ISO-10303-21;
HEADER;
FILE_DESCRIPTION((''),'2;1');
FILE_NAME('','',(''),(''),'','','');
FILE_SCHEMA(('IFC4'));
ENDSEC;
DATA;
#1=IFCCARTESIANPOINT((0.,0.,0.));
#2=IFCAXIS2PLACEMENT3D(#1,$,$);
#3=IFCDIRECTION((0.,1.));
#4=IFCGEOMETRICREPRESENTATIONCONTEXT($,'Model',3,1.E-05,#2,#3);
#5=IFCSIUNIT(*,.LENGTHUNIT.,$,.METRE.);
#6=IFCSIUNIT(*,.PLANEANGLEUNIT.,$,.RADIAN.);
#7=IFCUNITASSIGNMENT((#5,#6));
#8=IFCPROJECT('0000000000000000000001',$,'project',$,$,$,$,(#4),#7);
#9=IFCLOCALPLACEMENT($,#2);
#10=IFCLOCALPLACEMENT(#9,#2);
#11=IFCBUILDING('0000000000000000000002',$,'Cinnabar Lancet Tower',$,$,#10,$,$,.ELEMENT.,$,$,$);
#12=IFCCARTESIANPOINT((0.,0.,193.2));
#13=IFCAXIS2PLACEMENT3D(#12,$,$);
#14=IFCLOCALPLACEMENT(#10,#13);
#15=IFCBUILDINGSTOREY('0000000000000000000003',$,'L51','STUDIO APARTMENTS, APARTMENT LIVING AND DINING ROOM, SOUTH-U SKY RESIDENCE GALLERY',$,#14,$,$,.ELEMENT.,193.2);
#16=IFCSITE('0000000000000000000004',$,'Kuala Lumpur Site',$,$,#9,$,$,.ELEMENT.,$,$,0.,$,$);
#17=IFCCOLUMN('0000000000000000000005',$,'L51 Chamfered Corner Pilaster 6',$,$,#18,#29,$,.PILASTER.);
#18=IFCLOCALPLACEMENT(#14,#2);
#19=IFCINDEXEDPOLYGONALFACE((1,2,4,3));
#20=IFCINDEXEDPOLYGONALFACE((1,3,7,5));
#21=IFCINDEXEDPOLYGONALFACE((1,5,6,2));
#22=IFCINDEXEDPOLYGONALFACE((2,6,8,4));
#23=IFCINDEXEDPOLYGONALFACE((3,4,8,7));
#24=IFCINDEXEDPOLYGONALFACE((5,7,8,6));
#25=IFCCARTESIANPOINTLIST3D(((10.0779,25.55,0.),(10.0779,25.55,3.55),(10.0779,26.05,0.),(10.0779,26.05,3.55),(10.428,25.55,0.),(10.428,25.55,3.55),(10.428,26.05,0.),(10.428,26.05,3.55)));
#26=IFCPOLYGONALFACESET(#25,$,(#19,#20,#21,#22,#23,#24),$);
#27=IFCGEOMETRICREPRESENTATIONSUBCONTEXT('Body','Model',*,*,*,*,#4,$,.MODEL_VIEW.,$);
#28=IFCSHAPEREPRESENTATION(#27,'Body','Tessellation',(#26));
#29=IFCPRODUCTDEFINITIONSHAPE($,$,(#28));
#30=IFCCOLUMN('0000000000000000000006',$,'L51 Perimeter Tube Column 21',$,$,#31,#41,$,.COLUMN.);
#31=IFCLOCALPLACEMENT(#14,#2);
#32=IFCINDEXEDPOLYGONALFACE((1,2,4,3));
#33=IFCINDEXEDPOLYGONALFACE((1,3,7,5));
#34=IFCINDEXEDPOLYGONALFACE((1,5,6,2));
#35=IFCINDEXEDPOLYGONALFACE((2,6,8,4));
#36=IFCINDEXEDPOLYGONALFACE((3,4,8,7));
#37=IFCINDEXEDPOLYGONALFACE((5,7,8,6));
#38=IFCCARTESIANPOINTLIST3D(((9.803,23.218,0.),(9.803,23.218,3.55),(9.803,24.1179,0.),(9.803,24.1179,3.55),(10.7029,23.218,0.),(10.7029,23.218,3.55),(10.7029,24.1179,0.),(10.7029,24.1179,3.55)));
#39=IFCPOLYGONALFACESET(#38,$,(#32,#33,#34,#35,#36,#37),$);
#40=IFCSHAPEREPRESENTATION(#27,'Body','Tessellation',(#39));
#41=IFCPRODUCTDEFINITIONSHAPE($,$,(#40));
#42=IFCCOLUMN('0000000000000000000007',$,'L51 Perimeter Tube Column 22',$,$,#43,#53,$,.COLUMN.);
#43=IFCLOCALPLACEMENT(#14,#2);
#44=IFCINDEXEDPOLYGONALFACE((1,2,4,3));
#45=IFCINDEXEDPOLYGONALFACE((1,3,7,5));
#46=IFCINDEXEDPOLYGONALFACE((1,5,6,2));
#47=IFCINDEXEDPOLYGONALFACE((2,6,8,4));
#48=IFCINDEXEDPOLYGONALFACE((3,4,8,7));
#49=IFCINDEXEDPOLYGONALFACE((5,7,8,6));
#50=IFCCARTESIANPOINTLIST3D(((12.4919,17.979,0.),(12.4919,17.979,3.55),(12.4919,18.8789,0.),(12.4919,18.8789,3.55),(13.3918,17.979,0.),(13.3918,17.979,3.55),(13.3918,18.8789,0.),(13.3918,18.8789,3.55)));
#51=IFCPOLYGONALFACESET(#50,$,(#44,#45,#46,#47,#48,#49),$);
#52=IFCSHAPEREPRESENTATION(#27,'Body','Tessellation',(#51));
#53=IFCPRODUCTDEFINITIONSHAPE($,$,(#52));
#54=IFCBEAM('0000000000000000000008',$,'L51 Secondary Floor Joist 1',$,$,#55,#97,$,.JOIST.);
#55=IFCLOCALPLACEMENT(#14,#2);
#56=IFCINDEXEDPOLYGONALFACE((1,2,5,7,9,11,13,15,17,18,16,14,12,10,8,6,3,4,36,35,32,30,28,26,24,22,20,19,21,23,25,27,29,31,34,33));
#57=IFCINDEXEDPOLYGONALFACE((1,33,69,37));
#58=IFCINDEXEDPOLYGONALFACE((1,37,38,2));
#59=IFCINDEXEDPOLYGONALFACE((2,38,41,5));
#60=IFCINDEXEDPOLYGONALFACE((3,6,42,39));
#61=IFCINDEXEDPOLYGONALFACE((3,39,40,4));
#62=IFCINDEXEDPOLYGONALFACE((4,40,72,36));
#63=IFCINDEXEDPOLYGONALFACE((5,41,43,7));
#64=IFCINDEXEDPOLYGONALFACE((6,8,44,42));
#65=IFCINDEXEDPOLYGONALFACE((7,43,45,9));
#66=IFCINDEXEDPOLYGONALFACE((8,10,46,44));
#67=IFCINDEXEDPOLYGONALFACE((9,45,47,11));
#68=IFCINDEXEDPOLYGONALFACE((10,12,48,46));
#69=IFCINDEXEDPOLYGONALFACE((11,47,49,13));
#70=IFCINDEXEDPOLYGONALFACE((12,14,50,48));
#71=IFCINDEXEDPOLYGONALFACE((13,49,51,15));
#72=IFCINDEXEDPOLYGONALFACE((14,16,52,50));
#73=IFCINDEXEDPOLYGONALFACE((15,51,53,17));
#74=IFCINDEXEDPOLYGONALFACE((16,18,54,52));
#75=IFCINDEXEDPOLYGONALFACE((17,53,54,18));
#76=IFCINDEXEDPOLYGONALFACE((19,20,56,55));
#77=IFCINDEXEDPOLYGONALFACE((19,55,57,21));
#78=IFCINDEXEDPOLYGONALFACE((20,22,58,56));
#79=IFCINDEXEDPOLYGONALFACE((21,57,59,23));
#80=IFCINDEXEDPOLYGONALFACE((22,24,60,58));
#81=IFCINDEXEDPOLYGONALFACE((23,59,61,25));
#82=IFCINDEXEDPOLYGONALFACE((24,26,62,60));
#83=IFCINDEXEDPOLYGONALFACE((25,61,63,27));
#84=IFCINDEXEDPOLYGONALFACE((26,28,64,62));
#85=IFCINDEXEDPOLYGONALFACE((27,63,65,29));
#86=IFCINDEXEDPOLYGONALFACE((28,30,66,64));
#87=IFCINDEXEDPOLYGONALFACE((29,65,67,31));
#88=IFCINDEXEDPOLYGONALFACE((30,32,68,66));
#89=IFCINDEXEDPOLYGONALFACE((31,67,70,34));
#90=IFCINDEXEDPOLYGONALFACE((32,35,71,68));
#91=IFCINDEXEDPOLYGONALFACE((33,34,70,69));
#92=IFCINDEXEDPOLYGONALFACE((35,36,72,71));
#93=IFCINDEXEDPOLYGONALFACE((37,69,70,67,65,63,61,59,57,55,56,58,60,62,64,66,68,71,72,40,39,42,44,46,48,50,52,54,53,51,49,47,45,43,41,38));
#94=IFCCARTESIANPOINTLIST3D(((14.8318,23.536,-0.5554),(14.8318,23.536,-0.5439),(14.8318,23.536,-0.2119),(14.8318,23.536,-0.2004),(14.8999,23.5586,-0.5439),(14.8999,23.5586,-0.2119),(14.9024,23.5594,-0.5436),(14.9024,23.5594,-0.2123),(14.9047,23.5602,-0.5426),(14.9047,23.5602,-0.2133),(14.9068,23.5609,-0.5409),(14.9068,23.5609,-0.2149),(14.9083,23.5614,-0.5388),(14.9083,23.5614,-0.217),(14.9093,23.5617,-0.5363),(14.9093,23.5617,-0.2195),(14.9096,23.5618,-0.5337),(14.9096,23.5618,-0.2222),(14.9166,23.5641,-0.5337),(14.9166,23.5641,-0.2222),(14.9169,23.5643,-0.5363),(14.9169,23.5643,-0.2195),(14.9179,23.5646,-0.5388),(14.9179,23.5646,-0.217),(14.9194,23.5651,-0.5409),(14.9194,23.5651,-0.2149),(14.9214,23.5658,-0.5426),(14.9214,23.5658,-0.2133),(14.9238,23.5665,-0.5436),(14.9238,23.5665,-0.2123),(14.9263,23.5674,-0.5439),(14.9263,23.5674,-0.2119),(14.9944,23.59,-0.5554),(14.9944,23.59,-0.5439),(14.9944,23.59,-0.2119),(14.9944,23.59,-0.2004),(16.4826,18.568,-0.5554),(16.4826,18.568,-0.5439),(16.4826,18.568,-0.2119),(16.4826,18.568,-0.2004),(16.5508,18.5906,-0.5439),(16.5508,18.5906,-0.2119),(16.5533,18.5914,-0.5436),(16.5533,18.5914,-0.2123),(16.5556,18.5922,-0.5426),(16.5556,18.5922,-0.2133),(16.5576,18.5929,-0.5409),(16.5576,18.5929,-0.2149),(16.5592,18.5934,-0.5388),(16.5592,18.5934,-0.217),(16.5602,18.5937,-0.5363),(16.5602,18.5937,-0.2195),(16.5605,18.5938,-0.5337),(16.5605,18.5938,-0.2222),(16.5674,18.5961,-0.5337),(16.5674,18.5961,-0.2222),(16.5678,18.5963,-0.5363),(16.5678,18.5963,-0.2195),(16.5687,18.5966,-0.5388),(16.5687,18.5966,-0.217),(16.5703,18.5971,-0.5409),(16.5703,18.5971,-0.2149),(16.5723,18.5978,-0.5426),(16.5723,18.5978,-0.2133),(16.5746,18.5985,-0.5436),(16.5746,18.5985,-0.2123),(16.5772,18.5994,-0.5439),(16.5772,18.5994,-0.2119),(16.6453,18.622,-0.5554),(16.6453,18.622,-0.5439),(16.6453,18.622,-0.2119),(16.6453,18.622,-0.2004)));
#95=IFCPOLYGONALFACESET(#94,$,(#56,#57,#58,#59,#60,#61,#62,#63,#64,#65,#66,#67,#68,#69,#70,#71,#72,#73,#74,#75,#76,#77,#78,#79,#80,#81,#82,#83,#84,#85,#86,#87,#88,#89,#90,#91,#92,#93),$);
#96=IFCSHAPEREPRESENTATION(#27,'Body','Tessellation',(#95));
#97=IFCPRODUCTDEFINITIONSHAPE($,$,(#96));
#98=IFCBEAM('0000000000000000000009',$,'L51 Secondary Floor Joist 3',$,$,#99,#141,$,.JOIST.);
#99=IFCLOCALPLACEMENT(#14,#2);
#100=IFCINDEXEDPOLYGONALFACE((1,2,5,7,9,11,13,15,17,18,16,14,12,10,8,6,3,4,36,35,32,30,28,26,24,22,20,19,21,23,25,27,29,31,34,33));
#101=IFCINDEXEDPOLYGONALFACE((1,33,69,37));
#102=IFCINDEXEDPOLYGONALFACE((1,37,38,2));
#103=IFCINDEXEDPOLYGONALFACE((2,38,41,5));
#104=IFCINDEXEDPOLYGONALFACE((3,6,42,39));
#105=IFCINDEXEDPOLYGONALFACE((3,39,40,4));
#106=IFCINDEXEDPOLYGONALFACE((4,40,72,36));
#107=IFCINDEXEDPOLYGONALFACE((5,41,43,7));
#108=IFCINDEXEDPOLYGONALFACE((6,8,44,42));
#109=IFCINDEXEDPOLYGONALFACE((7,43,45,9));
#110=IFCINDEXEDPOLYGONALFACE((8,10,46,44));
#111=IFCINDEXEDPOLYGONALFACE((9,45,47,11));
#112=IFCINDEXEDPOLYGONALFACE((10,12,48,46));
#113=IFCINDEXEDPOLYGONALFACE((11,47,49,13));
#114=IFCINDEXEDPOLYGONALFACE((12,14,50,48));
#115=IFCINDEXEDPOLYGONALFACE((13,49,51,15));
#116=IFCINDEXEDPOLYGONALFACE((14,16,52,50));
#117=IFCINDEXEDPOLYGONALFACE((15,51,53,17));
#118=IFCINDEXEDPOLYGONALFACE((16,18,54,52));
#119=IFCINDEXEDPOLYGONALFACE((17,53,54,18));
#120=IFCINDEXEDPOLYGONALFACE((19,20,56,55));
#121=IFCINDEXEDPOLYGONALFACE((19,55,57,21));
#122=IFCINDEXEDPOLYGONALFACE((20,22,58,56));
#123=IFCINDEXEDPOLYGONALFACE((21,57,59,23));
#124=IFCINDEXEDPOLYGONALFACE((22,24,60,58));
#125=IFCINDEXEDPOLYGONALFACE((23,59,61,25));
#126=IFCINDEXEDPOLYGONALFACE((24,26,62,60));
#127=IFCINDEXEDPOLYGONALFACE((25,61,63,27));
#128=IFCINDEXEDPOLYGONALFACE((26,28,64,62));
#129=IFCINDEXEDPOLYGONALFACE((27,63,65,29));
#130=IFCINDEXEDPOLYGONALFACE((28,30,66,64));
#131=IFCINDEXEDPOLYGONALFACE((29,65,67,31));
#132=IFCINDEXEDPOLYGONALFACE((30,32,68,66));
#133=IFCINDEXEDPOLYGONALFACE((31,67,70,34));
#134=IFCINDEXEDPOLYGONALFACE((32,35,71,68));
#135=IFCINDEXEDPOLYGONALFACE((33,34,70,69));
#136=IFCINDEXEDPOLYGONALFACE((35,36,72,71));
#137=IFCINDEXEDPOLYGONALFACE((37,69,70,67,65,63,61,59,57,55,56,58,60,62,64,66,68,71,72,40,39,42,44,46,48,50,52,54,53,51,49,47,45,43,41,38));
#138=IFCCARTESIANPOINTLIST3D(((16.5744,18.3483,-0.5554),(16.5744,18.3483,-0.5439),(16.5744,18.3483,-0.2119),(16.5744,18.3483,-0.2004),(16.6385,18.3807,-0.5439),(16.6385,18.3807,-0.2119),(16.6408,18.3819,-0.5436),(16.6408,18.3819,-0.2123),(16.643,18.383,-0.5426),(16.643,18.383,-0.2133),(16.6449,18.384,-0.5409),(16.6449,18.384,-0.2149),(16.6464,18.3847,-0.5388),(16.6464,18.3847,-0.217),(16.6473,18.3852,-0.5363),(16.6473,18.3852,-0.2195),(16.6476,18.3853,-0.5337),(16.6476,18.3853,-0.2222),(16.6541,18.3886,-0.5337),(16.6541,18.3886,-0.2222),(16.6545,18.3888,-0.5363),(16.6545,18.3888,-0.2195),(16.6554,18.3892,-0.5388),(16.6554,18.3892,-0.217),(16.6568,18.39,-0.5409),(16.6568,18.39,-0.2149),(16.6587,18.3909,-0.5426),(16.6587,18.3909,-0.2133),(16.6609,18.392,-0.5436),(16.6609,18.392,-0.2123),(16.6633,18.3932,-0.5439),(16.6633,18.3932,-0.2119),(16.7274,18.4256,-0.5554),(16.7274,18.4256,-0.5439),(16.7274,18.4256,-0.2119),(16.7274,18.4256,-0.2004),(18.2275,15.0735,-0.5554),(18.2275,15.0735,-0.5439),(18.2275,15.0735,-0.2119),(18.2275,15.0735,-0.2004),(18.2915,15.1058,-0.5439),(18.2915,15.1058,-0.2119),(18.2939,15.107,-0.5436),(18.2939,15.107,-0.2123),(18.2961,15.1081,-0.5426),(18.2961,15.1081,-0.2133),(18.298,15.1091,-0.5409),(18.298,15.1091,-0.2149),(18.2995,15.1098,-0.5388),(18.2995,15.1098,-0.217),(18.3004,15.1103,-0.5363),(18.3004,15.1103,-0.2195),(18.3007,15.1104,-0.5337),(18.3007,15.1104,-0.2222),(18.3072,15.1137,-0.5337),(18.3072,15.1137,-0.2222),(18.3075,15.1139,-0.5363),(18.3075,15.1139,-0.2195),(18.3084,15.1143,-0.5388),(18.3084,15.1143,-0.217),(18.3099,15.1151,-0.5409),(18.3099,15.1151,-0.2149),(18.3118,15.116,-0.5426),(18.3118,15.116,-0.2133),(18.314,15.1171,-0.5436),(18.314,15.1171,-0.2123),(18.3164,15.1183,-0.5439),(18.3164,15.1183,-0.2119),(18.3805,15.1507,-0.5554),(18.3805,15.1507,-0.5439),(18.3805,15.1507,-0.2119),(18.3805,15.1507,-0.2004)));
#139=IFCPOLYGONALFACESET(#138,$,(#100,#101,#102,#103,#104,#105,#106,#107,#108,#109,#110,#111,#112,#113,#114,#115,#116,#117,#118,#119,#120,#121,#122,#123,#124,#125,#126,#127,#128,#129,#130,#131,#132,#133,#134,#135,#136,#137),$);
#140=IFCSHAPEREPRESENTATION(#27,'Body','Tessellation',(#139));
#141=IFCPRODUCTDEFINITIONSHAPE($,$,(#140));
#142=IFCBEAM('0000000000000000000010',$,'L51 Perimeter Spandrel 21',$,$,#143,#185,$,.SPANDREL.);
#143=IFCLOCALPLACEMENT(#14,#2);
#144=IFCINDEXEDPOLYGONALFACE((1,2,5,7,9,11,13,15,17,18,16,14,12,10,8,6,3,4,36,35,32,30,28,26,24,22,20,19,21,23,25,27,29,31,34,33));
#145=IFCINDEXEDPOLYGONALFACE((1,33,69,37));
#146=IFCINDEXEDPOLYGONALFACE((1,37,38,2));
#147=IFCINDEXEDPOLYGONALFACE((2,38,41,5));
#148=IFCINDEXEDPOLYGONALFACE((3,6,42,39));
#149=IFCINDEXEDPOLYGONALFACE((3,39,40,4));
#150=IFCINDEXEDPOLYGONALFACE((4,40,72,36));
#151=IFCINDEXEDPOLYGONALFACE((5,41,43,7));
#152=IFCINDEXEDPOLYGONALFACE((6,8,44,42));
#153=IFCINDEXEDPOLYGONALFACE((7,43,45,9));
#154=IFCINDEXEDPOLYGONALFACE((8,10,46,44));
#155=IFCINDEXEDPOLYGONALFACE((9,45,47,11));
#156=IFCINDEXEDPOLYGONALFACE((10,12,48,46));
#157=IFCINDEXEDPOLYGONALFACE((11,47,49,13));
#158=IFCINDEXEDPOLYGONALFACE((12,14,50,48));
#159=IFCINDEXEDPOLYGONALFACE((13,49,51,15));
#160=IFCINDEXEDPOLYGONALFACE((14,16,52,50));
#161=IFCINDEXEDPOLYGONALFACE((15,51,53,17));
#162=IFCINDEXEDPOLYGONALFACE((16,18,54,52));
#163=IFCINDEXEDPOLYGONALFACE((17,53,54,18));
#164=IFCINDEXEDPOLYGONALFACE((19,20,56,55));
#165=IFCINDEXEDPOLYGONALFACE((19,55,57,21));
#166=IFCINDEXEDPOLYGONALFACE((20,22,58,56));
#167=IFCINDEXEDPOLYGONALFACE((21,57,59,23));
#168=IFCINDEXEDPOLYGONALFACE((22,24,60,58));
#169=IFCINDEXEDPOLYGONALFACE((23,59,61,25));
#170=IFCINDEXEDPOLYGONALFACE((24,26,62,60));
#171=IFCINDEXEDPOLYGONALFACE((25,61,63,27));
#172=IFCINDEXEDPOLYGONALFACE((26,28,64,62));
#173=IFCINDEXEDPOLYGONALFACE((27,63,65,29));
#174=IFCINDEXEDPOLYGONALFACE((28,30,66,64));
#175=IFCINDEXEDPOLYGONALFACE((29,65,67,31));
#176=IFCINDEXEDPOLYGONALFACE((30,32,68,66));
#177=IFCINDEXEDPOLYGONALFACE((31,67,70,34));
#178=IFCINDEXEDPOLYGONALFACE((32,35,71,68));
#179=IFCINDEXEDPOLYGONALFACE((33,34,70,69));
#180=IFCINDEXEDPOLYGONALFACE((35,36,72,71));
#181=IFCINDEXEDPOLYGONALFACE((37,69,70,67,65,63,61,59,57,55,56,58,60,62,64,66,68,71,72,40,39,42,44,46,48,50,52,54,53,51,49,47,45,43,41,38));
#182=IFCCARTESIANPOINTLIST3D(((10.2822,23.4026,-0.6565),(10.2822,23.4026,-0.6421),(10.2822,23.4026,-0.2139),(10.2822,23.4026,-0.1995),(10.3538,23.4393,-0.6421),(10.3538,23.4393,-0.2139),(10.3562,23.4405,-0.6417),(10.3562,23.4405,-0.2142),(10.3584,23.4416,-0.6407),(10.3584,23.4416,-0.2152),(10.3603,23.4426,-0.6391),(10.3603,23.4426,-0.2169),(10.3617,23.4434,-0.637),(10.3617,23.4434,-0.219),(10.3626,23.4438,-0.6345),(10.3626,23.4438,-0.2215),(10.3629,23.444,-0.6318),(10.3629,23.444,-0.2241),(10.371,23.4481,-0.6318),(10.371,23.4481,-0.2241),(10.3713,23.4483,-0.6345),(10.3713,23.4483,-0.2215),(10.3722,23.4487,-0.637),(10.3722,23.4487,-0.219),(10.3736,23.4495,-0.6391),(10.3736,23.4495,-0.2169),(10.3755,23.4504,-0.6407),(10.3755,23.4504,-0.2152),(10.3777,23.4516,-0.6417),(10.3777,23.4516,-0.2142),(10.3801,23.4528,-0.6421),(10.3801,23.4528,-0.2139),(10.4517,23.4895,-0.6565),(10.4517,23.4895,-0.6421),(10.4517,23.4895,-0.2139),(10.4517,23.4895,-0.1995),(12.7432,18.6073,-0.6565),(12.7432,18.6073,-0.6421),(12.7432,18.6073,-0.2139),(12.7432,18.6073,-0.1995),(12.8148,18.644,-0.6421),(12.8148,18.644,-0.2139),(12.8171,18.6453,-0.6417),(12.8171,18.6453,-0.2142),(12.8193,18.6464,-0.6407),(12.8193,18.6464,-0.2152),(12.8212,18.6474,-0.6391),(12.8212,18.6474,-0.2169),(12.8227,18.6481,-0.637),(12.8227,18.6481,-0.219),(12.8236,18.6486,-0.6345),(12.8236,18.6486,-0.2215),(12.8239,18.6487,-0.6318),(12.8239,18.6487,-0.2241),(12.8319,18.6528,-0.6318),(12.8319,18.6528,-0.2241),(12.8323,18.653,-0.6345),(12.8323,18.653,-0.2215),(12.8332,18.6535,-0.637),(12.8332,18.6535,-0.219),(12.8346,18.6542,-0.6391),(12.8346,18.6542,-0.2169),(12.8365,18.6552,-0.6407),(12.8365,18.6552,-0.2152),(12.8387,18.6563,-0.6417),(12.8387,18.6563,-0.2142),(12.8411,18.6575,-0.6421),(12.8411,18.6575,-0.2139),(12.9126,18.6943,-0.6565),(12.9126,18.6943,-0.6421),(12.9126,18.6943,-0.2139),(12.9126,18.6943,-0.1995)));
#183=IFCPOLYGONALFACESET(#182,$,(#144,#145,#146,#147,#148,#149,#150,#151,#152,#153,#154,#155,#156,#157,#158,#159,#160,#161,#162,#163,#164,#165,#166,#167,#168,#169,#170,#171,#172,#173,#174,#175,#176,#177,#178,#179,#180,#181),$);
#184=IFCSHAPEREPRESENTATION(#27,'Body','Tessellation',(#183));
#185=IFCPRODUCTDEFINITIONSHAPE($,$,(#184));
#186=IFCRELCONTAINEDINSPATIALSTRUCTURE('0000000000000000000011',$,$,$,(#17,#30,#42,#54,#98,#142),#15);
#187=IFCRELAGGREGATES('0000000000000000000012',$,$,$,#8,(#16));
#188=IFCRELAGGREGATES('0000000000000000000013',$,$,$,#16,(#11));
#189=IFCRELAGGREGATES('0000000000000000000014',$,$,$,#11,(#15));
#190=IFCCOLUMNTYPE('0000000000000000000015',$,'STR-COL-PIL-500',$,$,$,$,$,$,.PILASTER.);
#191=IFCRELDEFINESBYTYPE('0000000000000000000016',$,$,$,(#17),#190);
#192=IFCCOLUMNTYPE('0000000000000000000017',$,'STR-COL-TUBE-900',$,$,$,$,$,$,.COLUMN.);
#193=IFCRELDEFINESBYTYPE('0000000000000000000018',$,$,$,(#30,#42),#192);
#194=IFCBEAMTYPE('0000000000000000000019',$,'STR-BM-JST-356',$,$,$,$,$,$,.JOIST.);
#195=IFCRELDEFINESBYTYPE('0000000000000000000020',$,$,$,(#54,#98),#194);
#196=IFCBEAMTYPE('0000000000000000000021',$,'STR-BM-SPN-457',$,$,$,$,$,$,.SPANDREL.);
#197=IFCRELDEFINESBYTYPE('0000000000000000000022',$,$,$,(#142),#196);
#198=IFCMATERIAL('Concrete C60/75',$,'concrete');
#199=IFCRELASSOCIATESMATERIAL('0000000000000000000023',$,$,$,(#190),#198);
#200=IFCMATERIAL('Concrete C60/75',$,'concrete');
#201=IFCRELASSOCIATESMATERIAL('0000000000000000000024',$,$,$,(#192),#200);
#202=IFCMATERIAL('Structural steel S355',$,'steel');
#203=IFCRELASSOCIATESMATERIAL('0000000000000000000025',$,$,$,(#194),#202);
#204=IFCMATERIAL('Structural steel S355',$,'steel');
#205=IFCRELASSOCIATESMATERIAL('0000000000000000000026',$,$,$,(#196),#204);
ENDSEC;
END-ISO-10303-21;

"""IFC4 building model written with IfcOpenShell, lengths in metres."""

from ifc_helpers import new_model, si_unit, direction, frame, origin, origin_2d, place, context, subcontext, project, spatial, rectangle, i_section, extrude, material, material_profile, profile_set, type_object, element, save


model = new_model("IFC4")

# Units and contexts
model_context = context("Model", 3, precision=1e-05, world=origin(), true_north=direction((0.0, 1.0)))
body_context = subcontext(model_context, "Body", "Model", "MODEL_VIEW")
ifc_project = project(units=[si_unit("LENGTHUNIT", "METRE"), si_unit("PLANEANGLEUNIT", "RADIAN")], contexts=[model_context])

# Site, building, storey
site_placement = place(None, origin())
site = spatial("IfcSite", under=ifc_project, at=site_placement, Name="Kuala Lumpur Site", CompositionType="ELEMENT", RefElevation=0.0)
building_placement = place(site_placement, origin())
building = spatial("IfcBuilding", under=site, at=building_placement, Name="Cinnabar Lancet Tower", CompositionType="ELEMENT")
storey_placement = place(building_placement, frame((0.0, 0.0, 193.2)))
storey = spatial("IfcBuildingStorey", under=building, at=storey_placement, Name="L51", Description="STUDIO APARTMENTS, APARTMENT LIVING AND DINING ROOM, SOUTH-U SKY RESIDENCE GALLERY", CompositionType="ELEMENT", Elevation=193.2)

# Columns
ifc_material_1 = material(Name="Concrete C60/75", Category="concrete")
ifc_material_profile_1 = material_profile(ifc_material_1, rectangle(XDim=0.5, YDim=0.3501, at=origin_2d()), Name="RC-PIL 500x350")
ifc_profile_set_1 = profile_set([ifc_material_profile_1], Name="Concrete C60/75")
column_type_1 = type_object("IfcColumnType", Name="STR-COL-PIL-500", PredefinedType="PILASTER", material=ifc_profile_set_1)
column_placement = place(storey_placement, frame((10.2529, 25.8, 0.0), z_axis=(0.0, 0.0, 1.0), x_axis=(0.0, -1.0, 0.0)))
element("IfcColumn", 1, at=column_placement, inside=storey, type_object=column_type_1, Name="L51 Chamfered Corner Pilaster 6", PredefinedType="PILASTER", context=body_context, shape_type="SweptSolid", body=[
    extrude(rectangle(XDim=0.5, YDim=0.3501, at=origin_2d()), origin(), (0.0, 0.0, 1.0), 3.55),
])
ifc_material_2 = material(Name="Concrete C60/75", Category="concrete")
ifc_material_profile_2 = material_profile(ifc_material_2, rectangle(XDim=0.8999, YDim=0.8999, at=origin_2d()), Name="RC-COL 900x900")
ifc_profile_set_2 = profile_set([ifc_material_profile_2], Name="Concrete C60/75")
column_type_2 = type_object("IfcColumnType", Name="STR-COL-TUBE-900", PredefinedType="COLUMN", material=ifc_profile_set_2)
for number, where, z_axis, x_axis, name in (
    (2, (10.2529, 23.668, 0.0), (0.0, 0.0, 1.0), (1.0, 0.0, 0.0), "L51 Perimeter Tube Column 21"),
    (3, (12.9419, 18.429, 0.0), (0.0, 0.0, 1.0), (1.0, 0.0, 0.0), "L51 Perimeter Tube Column 22"),
):
    element("IfcColumn", number, at=place(storey_placement, frame(where, z_axis=z_axis, x_axis=x_axis)), inside=storey, type_object=column_type_2, Name=name, PredefinedType="COLUMN", context=body_context, shape_type="SweptSolid", body=[
        extrude(rectangle(XDim=0.8999, YDim=0.8999, at=origin_2d()), origin(), (0.0, 0.0, 1.0), 3.55),
    ])

# Beams
ifc_material_3 = material(Name="Structural steel S355", Category="steel")
ifc_material_profile_3 = material_profile(ifc_material_3, i_section(OverallWidth=0.1714, OverallDepth=0.355, WebThickness=0.0073, FlangeThickness=0.0115, FilletRadius=0.0103, at=origin_2d()), Name="UKB 356x171x51")
ifc_profile_set_3 = profile_set([ifc_material_profile_3], Name="Structural steel S355")
beam_type_1 = type_object("IfcBeamType", Name="STR-BM-JST-356", PredefinedType="JOIST", material=ifc_profile_set_3)
beam_1_placement = place(storey_placement, frame((14.9131, 23.563, -0.3779), z_axis=(0.315346, -0.948977, 0.0), x_axis=(0.948977, 0.315346, 0.0)))
element("IfcBeam", 4, at=beam_1_placement, inside=storey, type_object=beam_type_1, Name="L51 Secondary Floor Joist 1", PredefinedType="JOIST", context=body_context, shape_type="SweptSolid", body=[
    extrude(i_section(OverallWidth=0.1714, OverallDepth=0.355, WebThickness=0.0073, FlangeThickness=0.0115, FilletRadius=0.0103, at=origin_2d()), origin(), (0.0, 0.0, 1.0), 5.2351),
])
beam_2_placement = place(storey_placement, frame((16.6509, 18.387, -0.3779), z_axis=(0.450618, -0.892717, 0.0), x_axis=(0.892717, 0.450618, 0.0)))
element("IfcBeam", 5, at=beam_2_placement, inside=storey, type_object=beam_type_1, Name="L51 Secondary Floor Joist 3", PredefinedType="JOIST", context=body_context, shape_type="SweptSolid", body=[
    extrude(i_section(OverallWidth=0.1714, OverallDepth=0.355, WebThickness=0.0073, FlangeThickness=0.0115, FilletRadius=0.0103, at=origin_2d()), origin(), (0.0, 0.0, 1.0), 3.6685),
])
ifc_material_4 = material(Name="Structural steel S355", Category="steel")
ifc_material_profile_4 = material_profile(ifc_material_4, i_section(OverallWidth=0.1904, OverallDepth=0.457, WebThickness=0.009, FlangeThickness=0.0144, FilletRadius=0.0103, at=origin_2d()), Name="UKB 457x191x74")
ifc_profile_set_4 = profile_set([ifc_material_profile_4], Name="Structural steel S355")
beam_type_2 = type_object("IfcBeamType", Name="STR-BM-SPN-457", PredefinedType="SPANDREL", material=ifc_profile_set_4)
beam_3_placement = place(storey_placement, frame((10.3669, 23.446, -0.428), z_axis=(0.456593, -0.889676, 0.0), x_axis=(0.889676, 0.456593, 0.0)))
element("IfcBeam", 6, at=beam_3_placement, inside=storey, type_object=beam_type_2, Name="L51 Perimeter Spandrel 21", PredefinedType="SPANDREL", context=body_context, shape_type="SweptSolid", body=[
    extrude(i_section(OverallWidth=0.1904, OverallDepth=0.457, WebThickness=0.009, FlangeThickness=0.0144, FilletRadius=0.0103, at=origin_2d()), origin(), (0.0, 0.0, 1.0), 5.3899),
])

save(model, "model.ifc")
